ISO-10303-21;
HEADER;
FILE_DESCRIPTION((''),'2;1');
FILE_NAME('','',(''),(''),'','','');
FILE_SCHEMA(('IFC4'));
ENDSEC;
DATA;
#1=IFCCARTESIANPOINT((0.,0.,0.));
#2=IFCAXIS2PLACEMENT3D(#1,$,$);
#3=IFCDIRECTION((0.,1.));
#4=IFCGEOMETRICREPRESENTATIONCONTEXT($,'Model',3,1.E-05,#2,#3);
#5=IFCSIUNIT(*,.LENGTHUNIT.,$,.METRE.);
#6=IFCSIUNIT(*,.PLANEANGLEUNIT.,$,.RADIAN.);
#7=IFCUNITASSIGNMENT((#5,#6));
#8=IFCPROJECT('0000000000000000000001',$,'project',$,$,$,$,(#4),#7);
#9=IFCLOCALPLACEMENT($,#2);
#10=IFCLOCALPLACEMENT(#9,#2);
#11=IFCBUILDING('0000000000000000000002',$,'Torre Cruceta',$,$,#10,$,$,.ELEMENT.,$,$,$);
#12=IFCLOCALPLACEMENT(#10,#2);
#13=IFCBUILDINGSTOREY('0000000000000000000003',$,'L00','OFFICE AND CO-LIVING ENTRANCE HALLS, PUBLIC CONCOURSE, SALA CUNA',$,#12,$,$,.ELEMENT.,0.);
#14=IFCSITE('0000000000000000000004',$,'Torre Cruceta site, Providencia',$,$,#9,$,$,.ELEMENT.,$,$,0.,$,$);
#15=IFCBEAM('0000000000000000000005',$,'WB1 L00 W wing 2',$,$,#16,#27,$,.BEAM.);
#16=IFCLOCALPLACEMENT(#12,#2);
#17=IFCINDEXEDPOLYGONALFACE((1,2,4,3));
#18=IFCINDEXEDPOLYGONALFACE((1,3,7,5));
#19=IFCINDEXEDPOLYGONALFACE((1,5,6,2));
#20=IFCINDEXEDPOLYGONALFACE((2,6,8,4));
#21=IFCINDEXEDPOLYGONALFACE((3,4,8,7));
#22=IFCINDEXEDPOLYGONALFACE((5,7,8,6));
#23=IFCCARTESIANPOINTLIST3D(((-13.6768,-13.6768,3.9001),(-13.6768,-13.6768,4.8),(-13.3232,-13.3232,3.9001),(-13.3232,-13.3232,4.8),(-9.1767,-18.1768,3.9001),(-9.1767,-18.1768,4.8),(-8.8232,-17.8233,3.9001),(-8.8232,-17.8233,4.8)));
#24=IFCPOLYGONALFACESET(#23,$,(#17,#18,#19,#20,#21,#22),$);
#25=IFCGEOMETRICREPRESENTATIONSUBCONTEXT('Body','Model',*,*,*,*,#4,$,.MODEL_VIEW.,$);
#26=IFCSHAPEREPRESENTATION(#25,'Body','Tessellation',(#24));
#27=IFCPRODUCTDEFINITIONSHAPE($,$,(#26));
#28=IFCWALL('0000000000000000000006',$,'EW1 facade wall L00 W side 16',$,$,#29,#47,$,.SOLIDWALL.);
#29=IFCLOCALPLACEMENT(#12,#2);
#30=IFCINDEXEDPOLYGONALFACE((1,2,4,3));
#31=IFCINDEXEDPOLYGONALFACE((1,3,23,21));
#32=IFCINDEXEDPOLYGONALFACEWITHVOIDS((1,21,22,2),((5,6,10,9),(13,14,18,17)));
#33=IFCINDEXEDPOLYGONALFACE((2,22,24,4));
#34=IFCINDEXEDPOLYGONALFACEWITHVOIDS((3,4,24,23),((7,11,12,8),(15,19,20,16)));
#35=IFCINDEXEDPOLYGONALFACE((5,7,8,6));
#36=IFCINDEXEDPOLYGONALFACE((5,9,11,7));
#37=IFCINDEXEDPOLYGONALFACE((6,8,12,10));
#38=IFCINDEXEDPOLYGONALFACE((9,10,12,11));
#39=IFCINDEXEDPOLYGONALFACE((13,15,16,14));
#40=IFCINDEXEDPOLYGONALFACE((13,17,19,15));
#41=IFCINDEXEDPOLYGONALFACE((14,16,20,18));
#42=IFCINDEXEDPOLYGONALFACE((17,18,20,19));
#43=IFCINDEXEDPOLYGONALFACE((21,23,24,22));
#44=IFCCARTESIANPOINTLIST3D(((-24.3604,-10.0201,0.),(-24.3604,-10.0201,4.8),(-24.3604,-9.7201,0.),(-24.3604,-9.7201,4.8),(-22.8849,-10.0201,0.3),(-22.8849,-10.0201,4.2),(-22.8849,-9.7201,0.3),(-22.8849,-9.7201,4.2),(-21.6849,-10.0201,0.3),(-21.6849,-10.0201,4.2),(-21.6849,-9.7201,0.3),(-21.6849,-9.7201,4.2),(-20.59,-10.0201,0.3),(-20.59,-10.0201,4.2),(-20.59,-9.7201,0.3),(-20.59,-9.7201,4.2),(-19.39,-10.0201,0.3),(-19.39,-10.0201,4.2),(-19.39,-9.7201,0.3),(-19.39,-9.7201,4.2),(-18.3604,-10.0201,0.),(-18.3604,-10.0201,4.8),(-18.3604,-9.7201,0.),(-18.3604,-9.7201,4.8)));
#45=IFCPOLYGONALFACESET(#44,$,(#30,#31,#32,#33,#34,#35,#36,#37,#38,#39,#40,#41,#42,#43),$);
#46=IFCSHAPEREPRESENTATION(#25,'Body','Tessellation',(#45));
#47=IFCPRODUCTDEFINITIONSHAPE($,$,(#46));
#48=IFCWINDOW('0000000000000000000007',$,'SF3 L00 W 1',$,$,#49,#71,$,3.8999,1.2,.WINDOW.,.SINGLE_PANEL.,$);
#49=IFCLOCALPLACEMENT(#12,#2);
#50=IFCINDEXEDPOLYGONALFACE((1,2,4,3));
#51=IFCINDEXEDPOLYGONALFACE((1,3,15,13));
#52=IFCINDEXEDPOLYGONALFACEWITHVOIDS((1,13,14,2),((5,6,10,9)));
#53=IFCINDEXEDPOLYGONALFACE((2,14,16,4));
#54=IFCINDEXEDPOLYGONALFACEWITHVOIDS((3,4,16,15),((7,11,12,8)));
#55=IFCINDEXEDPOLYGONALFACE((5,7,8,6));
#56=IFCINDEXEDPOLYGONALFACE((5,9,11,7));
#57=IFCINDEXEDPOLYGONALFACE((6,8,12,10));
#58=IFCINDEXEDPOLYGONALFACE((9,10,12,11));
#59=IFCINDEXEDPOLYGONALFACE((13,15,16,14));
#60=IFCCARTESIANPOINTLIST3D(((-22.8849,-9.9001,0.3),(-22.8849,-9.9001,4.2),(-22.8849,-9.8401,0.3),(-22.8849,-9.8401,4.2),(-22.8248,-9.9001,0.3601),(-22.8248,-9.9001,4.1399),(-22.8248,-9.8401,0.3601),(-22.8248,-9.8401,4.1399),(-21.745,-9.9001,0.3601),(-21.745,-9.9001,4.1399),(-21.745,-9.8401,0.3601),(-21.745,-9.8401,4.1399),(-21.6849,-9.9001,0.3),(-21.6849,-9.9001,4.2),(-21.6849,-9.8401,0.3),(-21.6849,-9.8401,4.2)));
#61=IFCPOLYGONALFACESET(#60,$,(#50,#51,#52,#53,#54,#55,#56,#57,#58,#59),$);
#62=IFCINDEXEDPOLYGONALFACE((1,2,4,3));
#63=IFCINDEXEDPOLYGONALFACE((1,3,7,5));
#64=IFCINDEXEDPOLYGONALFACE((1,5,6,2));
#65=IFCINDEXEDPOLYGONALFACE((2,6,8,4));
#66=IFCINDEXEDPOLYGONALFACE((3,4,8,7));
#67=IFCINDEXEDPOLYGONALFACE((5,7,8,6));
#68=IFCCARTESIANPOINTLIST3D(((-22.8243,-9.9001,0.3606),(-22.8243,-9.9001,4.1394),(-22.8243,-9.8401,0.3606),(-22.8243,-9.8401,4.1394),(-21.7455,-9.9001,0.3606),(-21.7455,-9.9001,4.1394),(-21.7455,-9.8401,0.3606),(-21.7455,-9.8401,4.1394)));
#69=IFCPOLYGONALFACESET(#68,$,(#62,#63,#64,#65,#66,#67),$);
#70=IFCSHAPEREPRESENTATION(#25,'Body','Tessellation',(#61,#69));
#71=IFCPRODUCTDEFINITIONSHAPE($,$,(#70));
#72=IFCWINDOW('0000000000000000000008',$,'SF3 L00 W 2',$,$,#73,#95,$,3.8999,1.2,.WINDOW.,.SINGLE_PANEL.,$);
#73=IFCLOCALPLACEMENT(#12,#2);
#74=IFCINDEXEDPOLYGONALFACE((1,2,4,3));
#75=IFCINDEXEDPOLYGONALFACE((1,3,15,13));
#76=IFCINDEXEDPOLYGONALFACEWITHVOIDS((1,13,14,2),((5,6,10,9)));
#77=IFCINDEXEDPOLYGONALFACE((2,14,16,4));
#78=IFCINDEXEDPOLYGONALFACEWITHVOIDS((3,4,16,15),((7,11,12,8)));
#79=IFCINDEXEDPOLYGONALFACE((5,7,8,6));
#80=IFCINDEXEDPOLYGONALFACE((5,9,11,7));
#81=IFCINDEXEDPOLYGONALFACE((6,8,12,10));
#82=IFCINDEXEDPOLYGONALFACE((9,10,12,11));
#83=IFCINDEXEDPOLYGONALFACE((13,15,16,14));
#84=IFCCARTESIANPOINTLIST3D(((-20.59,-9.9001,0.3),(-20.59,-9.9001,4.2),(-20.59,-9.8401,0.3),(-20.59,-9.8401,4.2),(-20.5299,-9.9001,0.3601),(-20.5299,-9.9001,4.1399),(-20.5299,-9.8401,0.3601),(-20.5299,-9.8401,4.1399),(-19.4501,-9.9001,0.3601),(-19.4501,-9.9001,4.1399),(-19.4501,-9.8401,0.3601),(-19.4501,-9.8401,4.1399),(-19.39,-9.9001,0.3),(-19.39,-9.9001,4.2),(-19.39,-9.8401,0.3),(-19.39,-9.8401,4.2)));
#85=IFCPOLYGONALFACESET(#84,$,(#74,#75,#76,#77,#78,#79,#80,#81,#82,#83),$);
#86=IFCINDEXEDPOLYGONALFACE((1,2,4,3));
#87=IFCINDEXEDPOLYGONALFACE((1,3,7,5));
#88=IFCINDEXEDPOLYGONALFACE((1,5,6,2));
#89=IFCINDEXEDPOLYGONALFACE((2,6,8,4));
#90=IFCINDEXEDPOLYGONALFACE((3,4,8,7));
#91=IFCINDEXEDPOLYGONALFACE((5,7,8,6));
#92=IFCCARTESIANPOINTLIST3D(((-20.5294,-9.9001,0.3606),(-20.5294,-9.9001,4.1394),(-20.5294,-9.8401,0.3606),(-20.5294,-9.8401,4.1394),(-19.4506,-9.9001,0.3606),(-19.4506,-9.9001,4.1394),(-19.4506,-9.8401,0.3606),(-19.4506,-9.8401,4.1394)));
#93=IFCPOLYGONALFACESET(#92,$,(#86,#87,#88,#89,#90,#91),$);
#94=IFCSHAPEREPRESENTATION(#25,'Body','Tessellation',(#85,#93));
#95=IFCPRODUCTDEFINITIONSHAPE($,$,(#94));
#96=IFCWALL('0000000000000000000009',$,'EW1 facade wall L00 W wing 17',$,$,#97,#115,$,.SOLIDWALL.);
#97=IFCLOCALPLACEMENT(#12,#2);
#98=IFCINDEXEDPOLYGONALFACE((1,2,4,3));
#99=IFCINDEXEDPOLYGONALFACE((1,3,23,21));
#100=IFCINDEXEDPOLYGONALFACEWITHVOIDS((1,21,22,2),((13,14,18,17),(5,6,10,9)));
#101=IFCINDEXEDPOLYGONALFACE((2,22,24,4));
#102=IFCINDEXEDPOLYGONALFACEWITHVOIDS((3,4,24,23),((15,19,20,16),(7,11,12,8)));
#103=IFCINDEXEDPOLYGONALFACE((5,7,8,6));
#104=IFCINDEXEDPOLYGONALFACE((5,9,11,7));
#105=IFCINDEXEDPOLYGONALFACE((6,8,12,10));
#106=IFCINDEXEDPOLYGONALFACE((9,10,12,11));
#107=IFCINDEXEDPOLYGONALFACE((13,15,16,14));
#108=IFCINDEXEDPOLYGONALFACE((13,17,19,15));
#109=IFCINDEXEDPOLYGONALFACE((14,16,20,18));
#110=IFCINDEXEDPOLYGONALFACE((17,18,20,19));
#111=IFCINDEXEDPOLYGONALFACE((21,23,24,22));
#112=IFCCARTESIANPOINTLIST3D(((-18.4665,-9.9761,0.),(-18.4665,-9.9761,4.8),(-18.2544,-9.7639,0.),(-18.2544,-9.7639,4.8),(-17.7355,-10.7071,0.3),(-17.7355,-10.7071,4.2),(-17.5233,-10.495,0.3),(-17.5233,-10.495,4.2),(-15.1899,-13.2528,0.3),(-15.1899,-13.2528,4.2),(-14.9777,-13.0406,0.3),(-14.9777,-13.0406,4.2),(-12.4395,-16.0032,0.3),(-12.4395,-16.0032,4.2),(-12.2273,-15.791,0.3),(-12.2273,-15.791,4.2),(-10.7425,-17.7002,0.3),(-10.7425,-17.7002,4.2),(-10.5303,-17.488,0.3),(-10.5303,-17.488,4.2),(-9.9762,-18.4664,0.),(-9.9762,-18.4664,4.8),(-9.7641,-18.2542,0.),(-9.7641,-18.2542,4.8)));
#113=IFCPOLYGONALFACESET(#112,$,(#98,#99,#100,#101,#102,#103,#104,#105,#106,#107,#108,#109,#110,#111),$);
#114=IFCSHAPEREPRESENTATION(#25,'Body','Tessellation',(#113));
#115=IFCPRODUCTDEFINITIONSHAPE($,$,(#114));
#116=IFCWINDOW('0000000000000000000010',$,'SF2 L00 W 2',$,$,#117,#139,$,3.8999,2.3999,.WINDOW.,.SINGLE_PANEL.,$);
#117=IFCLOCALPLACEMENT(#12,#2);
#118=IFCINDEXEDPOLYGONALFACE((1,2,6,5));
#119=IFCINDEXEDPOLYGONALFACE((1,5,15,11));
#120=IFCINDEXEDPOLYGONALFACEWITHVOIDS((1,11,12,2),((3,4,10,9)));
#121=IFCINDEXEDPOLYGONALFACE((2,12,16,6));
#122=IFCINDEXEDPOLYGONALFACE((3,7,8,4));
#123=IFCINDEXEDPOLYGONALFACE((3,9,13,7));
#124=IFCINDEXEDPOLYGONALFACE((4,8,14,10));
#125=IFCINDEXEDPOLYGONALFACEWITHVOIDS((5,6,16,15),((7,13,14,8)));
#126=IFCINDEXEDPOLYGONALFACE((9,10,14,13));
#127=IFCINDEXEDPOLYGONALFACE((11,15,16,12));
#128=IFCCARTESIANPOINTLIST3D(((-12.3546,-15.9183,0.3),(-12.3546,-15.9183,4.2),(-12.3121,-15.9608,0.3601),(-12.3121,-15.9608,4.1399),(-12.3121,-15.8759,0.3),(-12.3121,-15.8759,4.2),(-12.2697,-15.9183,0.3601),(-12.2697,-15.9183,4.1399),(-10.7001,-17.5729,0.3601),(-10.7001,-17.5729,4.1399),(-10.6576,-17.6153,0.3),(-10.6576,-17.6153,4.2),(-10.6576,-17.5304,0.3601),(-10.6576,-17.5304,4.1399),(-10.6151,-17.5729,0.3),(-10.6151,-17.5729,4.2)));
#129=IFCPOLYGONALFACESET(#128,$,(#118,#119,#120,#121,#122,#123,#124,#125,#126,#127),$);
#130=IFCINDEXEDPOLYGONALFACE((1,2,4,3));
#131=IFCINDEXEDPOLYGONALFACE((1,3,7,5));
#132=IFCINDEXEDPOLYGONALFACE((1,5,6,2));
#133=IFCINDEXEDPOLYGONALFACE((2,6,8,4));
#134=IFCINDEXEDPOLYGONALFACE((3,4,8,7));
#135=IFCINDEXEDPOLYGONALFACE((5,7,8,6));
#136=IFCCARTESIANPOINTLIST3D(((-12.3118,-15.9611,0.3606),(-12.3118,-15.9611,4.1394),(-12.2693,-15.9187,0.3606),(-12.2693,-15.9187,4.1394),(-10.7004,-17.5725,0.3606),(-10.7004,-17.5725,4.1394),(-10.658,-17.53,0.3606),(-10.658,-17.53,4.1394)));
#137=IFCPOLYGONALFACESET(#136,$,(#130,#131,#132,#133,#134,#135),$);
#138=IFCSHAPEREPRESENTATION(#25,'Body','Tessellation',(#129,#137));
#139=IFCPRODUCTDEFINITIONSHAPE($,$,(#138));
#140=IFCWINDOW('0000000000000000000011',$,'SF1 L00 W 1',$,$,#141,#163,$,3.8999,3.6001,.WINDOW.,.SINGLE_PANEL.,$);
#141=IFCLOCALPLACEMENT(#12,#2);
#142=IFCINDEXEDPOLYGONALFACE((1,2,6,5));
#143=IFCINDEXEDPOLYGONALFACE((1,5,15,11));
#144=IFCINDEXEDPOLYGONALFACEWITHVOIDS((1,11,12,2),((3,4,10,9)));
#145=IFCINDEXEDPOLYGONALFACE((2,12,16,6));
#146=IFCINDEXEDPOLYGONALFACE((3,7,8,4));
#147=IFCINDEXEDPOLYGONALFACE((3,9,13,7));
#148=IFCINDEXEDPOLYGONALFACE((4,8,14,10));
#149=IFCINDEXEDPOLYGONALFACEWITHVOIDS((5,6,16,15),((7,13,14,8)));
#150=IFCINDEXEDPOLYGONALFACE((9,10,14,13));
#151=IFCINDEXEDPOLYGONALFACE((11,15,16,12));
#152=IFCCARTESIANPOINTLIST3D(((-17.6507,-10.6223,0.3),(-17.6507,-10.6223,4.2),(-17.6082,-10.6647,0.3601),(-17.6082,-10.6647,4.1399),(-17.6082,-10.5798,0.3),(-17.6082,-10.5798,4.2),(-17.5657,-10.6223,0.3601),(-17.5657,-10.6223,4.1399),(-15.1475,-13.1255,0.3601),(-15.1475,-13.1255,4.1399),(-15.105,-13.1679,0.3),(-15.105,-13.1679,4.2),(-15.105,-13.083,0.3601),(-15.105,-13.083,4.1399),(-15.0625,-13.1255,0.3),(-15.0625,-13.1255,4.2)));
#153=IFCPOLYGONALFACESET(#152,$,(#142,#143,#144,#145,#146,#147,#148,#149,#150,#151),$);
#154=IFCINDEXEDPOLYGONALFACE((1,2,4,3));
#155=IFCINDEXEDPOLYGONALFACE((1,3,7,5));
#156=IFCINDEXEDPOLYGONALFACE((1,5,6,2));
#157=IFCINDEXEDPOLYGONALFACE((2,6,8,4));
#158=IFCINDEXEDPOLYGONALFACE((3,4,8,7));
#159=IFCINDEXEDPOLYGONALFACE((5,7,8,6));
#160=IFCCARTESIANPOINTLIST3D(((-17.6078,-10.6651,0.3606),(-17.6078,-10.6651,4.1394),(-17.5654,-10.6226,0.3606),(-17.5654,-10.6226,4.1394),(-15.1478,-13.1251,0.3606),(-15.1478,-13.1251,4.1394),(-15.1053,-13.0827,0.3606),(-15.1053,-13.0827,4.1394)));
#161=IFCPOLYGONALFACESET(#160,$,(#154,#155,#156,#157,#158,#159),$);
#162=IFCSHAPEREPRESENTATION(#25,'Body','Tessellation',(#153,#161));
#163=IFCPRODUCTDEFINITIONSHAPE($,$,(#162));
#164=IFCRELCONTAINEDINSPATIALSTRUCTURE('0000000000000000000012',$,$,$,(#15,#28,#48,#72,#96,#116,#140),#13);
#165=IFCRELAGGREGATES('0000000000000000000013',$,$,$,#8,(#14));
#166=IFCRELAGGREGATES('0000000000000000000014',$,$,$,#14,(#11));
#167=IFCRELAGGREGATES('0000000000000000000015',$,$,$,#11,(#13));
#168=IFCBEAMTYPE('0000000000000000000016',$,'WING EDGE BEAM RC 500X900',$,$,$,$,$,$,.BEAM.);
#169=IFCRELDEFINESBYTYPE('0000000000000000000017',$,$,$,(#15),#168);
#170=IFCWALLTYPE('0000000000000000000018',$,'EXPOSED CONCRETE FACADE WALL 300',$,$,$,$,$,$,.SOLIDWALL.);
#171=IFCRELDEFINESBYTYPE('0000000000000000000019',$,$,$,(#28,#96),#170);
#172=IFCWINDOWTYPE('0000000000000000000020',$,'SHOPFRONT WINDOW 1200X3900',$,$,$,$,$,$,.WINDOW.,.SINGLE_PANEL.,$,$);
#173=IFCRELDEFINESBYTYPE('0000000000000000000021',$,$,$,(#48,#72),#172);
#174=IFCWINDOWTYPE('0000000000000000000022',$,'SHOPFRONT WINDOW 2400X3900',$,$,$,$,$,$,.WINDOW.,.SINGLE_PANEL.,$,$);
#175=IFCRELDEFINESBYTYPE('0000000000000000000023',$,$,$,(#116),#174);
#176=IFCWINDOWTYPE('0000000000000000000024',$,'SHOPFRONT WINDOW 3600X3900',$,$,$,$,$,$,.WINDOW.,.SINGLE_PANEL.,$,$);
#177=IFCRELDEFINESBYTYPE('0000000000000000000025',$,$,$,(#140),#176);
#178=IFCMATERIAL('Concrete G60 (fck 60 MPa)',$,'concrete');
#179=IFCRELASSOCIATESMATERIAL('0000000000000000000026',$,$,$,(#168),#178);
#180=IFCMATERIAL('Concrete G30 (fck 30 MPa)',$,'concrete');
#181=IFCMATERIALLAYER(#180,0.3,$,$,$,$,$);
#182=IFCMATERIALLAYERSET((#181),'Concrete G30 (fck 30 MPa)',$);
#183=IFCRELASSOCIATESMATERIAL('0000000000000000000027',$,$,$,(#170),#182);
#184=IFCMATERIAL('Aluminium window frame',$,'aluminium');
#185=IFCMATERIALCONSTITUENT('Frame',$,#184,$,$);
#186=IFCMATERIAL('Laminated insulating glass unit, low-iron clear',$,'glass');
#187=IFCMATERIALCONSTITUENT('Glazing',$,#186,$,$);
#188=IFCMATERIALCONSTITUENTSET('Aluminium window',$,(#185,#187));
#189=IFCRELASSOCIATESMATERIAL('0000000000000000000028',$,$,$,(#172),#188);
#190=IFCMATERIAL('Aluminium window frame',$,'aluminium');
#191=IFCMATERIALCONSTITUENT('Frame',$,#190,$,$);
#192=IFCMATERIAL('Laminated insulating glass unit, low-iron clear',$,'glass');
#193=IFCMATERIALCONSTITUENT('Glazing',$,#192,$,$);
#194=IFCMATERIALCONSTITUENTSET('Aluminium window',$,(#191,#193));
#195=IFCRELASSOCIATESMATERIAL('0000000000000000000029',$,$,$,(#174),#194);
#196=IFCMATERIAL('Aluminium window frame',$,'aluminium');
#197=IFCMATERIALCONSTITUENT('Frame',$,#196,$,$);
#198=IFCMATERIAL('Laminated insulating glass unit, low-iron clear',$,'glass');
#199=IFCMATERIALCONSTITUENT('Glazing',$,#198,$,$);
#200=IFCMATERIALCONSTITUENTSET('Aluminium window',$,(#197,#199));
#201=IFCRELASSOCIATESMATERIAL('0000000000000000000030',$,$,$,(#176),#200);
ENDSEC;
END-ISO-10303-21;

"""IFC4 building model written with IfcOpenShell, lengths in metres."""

from ifc_helpers import new_model, si_unit, direction, frame, frame_2d, origin, origin_2d, place, context, subcontext, project, spatial, rectangle, hollow_rectangle, extrude, material, layer, layer_set, constituent, constituent_set, material_profile, profile_set, type_object, element, fill, save


model = new_model("IFC4")

# Units and contexts
model_context = context("Model", 3, precision=1e-05, world=origin(), true_north=direction((0.0, 1.0)))
body_context = subcontext(model_context, "Body", "Model", "MODEL_VIEW")
ifc_project = project(units=[si_unit("LENGTHUNIT", "METRE"), si_unit("PLANEANGLEUNIT", "RADIAN")], contexts=[model_context])

# Site, building, storey
site_placement = place(None, origin())
site = spatial("IfcSite", under=ifc_project, at=site_placement, Name="Torre Cruceta site, Providencia", CompositionType="ELEMENT", RefElevation=0.0)
building_placement = place(site_placement, origin())
building = spatial("IfcBuilding", under=site, at=building_placement, Name="Torre Cruceta", CompositionType="ELEMENT")
storey_placement = place(building_placement, origin())
storey = spatial("IfcBuildingStorey", under=building, at=storey_placement, Name="L00", Description="OFFICE AND CO-LIVING ENTRANCE HALLS, PUBLIC CONCOURSE, SALA CUNA", CompositionType="ELEMENT", Elevation=0.0)

# Beam
ifc_material_1 = material(Name="Concrete G60 (fck 60 MPa)", Category="concrete")
ifc_material_profile_1 = material_profile(ifc_material_1, rectangle(XDim=0.5, YDim=0.8999, at=origin_2d()), Name="RC 500X900")
ifc_profile_set_1 = profile_set([ifc_material_profile_1], Name="Concrete G60 (fck 60 MPa)")
beam_type_1 = type_object("IfcBeamType", Name="WING EDGE BEAM RC 500X900", PredefinedType="BEAM", material=ifc_profile_set_1)
beam_1_placement = place(storey_placement, frame((-13.5, -13.5, 4.3501), z_axis=(0.707107, -0.707107, 0.0), x_axis=(0.707107, 0.707107, 0.0)))
element("IfcBeam", 1, at=beam_1_placement, inside=storey, type_object=beam_type_1, Name="WB1 L00 W wing 2", PredefinedType="BEAM", context=body_context, shape_type="SweptSolid", body=[
    extrude(rectangle(XDim=0.5, YDim=0.8999, at=origin_2d()), origin(), (0.0, 0.0, 1.0), 6.364),
])

# Walls, openings, windows
ifc_material_2 = material(Name="Concrete G30 (fck 30 MPa)", Category="concrete")
ifc_layer_1 = layer(ifc_material_2, 0.3)
ifc_layer_set_1 = layer_set([ifc_layer_1], Name="Concrete G30 (fck 30 MPa)")
wall_type_1 = type_object("IfcWallType", Name="EXPOSED CONCRETE FACADE WALL 300", PredefinedType="SOLIDWALL", material=ifc_layer_set_1)
wall_1_placement = place(storey_placement, frame((-24.3604, -9.8701, 0.0), z_axis=(0.0, 0.0, 1.0), x_axis=(1.0, 0.0, 0.0)))
wall_1 = element("IfcWall", 2, at=wall_1_placement, inside=storey, type_object=wall_type_1, Name="EW1 facade wall L00 W side 16", PredefinedType="SOLIDWALL", context=body_context, shape_type="SweptSolid", body=[
    extrude(rectangle(XDim=6.0, YDim=0.3, at=frame_2d((3.0, 0.0))), origin(), (0.0, 0.0, 1.0), 4.8),
])
opening_1_placement = place(wall_1_placement, frame((1.4753, 0.0, 0.3)))
opening_1 = element("IfcOpeningElement", 3, at=opening_1_placement, cuts=wall_1, PredefinedType="OPENING", context=body_context, shape_type="SweptSolid", body=[
    extrude(rectangle(XDim=1.2, YDim=3.8999, at=frame_2d((0.6001, 1.95))), frame((0.0, 0.1599, 0.0), z_axis=(0.0, -1.0, 0.0), x_axis=(1.0, 0.0, 0.0)), (0.0, 0.0, 1.0), 0.3201),
])
opening_2_placement = place(wall_1_placement, frame((3.7703, 0.0, 0.3)))
opening_2 = element("IfcOpeningElement", 4, at=opening_2_placement, cuts=wall_1, PredefinedType="OPENING", context=body_context, shape_type="SweptSolid", body=[
    extrude(rectangle(XDim=1.2, YDim=3.8999, at=frame_2d((0.6001, 1.95))), frame((0.0, 0.1599, 0.0), z_axis=(0.0, -1.0, 0.0), x_axis=(1.0, 0.0, 0.0)), (0.0, 0.0, 1.0), 0.3201),
])
ifc_material_3 = material(Name="Aluminium window frame", Category="aluminium")
ifc_constituent_1 = constituent(ifc_material_3, Name="Frame")
ifc_material_4 = material(Name="Laminated insulating glass unit, low-iron clear", Category="glass")
ifc_constituent_2 = constituent(ifc_material_4, Name="Glazing")
ifc_constituent_set_1 = constituent_set(constituents=[ifc_constituent_1, ifc_constituent_2], Name="Aluminium window")
window_type_1 = type_object("IfcWindowType", Name="SHOPFRONT WINDOW 1200X3900", PartitioningType="SINGLE_PANEL", PredefinedType="WINDOW", material=ifc_constituent_set_1)
window_1_placement = place(opening_1_placement, origin())
window_1 = element("IfcWindow", 5, at=window_1_placement, inside=storey, type_object=window_type_1, Name="SF3 L00 W 1", OverallHeight=3.8999, OverallWidth=1.2, PartitioningType="SINGLE_PANEL", PredefinedType="WINDOW", context=body_context, shape_type="SweptSolid", body=[
    extrude(hollow_rectangle(XDim=1.2, YDim=3.8999, WallThickness=0.0601, at=frame_2d((0.6001, 1.95))), frame((0.0, 0.03, 0.0), z_axis=(0.0, -1.0, 0.0), x_axis=(1.0, 0.0, 0.0)), (0.0, 0.0, 1.0), 0.0601),
    extrude(rectangle(XDim=1.0789, YDim=3.7788, at=frame_2d((0.6001, 1.95))), frame((0.0, 0.03, 0.0), z_axis=(0.0, -1.0, 0.0), x_axis=(1.0, 0.0, 0.0)), (0.0, 0.0, 1.0), 0.0601),
])
fill(opening_1, window_1)
window_2_placement = place(opening_2_placement, origin())
window_2 = element("IfcWindow", 6, at=window_2_placement, inside=storey, type_object=window_type_1, Name="SF3 L00 W 2", OverallHeight=3.8999, OverallWidth=1.2, PartitioningType="SINGLE_PANEL", PredefinedType="WINDOW", context=body_context, shape_type="SweptSolid", body=[
    extrude(hollow_rectangle(XDim=1.2, YDim=3.8999, WallThickness=0.0601, at=frame_2d((0.6001, 1.95))), frame((0.0, 0.03, 0.0), z_axis=(0.0, -1.0, 0.0), x_axis=(1.0, 0.0, 0.0)), (0.0, 0.0, 1.0), 0.0601),
    extrude(rectangle(XDim=1.0789, YDim=3.7788, at=frame_2d((0.6001, 1.95))), frame((0.0, 0.03, 0.0), z_axis=(0.0, -1.0, 0.0), x_axis=(1.0, 0.0, 0.0)), (0.0, 0.0, 1.0), 0.0601),
])
fill(opening_2, window_2)
wall_2_placement = place(storey_placement, frame((-18.3604, -9.8701, 0.0), z_axis=(0.0, 0.0, 1.0), x_axis=(0.707107, -0.707107, 0.0)))
wall_2 = element("IfcWall", 7, at=wall_2_placement, inside=storey, type_object=wall_type_1, Name="EW1 facade wall L00 W wing 17", PredefinedType="SOLIDWALL", context=body_context, shape_type="SweptSolid", body=[
    extrude(rectangle(XDim=12.0071, YDim=0.3, at=frame_2d((6.0034, 0.0))), origin(), (0.0, 0.0, 1.0), 4.8),
])
opening_3_placement = place(wall_2_placement, frame((1.0337, 0.0, 0.3)))
opening_3 = element("IfcOpeningElement", 8, at=opening_3_placement, cuts=wall_2, PredefinedType="OPENING", context=body_context, shape_type="SweptSolid", body=[
    extrude(rectangle(XDim=3.6001, YDim=3.8999, at=frame_2d((1.8, 1.95))), frame((0.0, 0.1599, 0.0), z_axis=(0.0, -1.0, 0.0), x_axis=(1.0, 0.0, 0.0)), (0.0, 0.0, 1.0), 0.3201),
])
opening_4_placement = place(wall_2_placement, frame((8.5234, 0.0, 0.3)))
opening_4 = element("IfcOpeningElement", 9, at=opening_4_placement, cuts=wall_2, PredefinedType="OPENING", context=body_context, shape_type="SweptSolid", body=[
    extrude(rectangle(XDim=2.3999, YDim=3.8999, at=frame_2d((1.2, 1.95))), frame((0.0, 0.1599, 0.0), z_axis=(0.0, -1.0, 0.0), x_axis=(1.0, 0.0, 0.0)), (0.0, 0.0, 1.0), 0.3201),
])
ifc_material_5 = material(Name="Aluminium window frame", Category="aluminium")
ifc_constituent_3 = constituent(ifc_material_5, Name="Frame")
ifc_material_6 = material(Name="Laminated insulating glass unit, low-iron clear", Category="glass")
ifc_constituent_4 = constituent(ifc_material_6, Name="Glazing")
ifc_constituent_set_2 = constituent_set(constituents=[ifc_constituent_3, ifc_constituent_4], Name="Aluminium window")
window_type_2 = type_object("IfcWindowType", Name="SHOPFRONT WINDOW 2400X3900", PartitioningType="SINGLE_PANEL", PredefinedType="WINDOW", material=ifc_constituent_set_2)
window_3_placement = place(opening_4_placement, origin())
window_3 = element("IfcWindow", 10, at=window_3_placement, inside=storey, type_object=window_type_2, Name="SF2 L00 W 2", OverallHeight=3.8999, OverallWidth=2.3999, PartitioningType="SINGLE_PANEL", PredefinedType="WINDOW", context=body_context, shape_type="SweptSolid", body=[
    extrude(hollow_rectangle(XDim=2.3999, YDim=3.8999, WallThickness=0.0601, at=frame_2d((1.2, 1.95))), frame((0.0, 0.03, 0.0), z_axis=(0.0, -1.0, 0.0), x_axis=(1.0, 0.0, 0.0)), (0.0, 0.0, 1.0), 0.0601),
    extrude(rectangle(XDim=2.2788, YDim=3.7788, at=frame_2d((1.2, 1.95))), frame((0.0, 0.03, 0.0), z_axis=(0.0, -1.0, 0.0), x_axis=(1.0, 0.0, 0.0)), (0.0, 0.0, 1.0), 0.0601),
])
fill(opening_4, window_3)
ifc_material_7 = material(Name="Aluminium window frame", Category="aluminium")
ifc_constituent_5 = constituent(ifc_material_7, Name="Frame")
ifc_material_8 = material(Name="Laminated insulating glass unit, low-iron clear", Category="glass")
ifc_constituent_6 = constituent(ifc_material_8, Name="Glazing")
ifc_constituent_set_3 = constituent_set(constituents=[ifc_constituent_5, ifc_constituent_6], Name="Aluminium window")
window_type_3 = type_object("IfcWindowType", Name="SHOPFRONT WINDOW 3600X3900", PartitioningType="SINGLE_PANEL", PredefinedType="WINDOW", material=ifc_constituent_set_3)
window_4_placement = place(opening_3_placement, origin())
window_4 = element("IfcWindow", 11, at=window_4_placement, inside=storey, type_object=window_type_3, Name="SF1 L00 W 1", OverallHeight=3.8999, OverallWidth=3.6001, PartitioningType="SINGLE_PANEL", PredefinedType="WINDOW", context=body_context, shape_type="SweptSolid", body=[
    extrude(hollow_rectangle(XDim=3.6001, YDim=3.8999, WallThickness=0.0601, at=frame_2d((1.8, 1.95))), frame((0.0, 0.03, 0.0), z_axis=(0.0, -1.0, 0.0), x_axis=(1.0, 0.0, 0.0)), (0.0, 0.0, 1.0), 0.0601),
    extrude(rectangle(XDim=3.479, YDim=3.7788, at=frame_2d((1.8, 1.95))), frame((0.0, 0.03, 0.0), z_axis=(0.0, -1.0, 0.0), x_axis=(1.0, 0.0, 0.0)), (0.0, 0.0, 1.0), 0.0601),
])
fill(opening_3, window_4)

save(model, "model.ifc")
